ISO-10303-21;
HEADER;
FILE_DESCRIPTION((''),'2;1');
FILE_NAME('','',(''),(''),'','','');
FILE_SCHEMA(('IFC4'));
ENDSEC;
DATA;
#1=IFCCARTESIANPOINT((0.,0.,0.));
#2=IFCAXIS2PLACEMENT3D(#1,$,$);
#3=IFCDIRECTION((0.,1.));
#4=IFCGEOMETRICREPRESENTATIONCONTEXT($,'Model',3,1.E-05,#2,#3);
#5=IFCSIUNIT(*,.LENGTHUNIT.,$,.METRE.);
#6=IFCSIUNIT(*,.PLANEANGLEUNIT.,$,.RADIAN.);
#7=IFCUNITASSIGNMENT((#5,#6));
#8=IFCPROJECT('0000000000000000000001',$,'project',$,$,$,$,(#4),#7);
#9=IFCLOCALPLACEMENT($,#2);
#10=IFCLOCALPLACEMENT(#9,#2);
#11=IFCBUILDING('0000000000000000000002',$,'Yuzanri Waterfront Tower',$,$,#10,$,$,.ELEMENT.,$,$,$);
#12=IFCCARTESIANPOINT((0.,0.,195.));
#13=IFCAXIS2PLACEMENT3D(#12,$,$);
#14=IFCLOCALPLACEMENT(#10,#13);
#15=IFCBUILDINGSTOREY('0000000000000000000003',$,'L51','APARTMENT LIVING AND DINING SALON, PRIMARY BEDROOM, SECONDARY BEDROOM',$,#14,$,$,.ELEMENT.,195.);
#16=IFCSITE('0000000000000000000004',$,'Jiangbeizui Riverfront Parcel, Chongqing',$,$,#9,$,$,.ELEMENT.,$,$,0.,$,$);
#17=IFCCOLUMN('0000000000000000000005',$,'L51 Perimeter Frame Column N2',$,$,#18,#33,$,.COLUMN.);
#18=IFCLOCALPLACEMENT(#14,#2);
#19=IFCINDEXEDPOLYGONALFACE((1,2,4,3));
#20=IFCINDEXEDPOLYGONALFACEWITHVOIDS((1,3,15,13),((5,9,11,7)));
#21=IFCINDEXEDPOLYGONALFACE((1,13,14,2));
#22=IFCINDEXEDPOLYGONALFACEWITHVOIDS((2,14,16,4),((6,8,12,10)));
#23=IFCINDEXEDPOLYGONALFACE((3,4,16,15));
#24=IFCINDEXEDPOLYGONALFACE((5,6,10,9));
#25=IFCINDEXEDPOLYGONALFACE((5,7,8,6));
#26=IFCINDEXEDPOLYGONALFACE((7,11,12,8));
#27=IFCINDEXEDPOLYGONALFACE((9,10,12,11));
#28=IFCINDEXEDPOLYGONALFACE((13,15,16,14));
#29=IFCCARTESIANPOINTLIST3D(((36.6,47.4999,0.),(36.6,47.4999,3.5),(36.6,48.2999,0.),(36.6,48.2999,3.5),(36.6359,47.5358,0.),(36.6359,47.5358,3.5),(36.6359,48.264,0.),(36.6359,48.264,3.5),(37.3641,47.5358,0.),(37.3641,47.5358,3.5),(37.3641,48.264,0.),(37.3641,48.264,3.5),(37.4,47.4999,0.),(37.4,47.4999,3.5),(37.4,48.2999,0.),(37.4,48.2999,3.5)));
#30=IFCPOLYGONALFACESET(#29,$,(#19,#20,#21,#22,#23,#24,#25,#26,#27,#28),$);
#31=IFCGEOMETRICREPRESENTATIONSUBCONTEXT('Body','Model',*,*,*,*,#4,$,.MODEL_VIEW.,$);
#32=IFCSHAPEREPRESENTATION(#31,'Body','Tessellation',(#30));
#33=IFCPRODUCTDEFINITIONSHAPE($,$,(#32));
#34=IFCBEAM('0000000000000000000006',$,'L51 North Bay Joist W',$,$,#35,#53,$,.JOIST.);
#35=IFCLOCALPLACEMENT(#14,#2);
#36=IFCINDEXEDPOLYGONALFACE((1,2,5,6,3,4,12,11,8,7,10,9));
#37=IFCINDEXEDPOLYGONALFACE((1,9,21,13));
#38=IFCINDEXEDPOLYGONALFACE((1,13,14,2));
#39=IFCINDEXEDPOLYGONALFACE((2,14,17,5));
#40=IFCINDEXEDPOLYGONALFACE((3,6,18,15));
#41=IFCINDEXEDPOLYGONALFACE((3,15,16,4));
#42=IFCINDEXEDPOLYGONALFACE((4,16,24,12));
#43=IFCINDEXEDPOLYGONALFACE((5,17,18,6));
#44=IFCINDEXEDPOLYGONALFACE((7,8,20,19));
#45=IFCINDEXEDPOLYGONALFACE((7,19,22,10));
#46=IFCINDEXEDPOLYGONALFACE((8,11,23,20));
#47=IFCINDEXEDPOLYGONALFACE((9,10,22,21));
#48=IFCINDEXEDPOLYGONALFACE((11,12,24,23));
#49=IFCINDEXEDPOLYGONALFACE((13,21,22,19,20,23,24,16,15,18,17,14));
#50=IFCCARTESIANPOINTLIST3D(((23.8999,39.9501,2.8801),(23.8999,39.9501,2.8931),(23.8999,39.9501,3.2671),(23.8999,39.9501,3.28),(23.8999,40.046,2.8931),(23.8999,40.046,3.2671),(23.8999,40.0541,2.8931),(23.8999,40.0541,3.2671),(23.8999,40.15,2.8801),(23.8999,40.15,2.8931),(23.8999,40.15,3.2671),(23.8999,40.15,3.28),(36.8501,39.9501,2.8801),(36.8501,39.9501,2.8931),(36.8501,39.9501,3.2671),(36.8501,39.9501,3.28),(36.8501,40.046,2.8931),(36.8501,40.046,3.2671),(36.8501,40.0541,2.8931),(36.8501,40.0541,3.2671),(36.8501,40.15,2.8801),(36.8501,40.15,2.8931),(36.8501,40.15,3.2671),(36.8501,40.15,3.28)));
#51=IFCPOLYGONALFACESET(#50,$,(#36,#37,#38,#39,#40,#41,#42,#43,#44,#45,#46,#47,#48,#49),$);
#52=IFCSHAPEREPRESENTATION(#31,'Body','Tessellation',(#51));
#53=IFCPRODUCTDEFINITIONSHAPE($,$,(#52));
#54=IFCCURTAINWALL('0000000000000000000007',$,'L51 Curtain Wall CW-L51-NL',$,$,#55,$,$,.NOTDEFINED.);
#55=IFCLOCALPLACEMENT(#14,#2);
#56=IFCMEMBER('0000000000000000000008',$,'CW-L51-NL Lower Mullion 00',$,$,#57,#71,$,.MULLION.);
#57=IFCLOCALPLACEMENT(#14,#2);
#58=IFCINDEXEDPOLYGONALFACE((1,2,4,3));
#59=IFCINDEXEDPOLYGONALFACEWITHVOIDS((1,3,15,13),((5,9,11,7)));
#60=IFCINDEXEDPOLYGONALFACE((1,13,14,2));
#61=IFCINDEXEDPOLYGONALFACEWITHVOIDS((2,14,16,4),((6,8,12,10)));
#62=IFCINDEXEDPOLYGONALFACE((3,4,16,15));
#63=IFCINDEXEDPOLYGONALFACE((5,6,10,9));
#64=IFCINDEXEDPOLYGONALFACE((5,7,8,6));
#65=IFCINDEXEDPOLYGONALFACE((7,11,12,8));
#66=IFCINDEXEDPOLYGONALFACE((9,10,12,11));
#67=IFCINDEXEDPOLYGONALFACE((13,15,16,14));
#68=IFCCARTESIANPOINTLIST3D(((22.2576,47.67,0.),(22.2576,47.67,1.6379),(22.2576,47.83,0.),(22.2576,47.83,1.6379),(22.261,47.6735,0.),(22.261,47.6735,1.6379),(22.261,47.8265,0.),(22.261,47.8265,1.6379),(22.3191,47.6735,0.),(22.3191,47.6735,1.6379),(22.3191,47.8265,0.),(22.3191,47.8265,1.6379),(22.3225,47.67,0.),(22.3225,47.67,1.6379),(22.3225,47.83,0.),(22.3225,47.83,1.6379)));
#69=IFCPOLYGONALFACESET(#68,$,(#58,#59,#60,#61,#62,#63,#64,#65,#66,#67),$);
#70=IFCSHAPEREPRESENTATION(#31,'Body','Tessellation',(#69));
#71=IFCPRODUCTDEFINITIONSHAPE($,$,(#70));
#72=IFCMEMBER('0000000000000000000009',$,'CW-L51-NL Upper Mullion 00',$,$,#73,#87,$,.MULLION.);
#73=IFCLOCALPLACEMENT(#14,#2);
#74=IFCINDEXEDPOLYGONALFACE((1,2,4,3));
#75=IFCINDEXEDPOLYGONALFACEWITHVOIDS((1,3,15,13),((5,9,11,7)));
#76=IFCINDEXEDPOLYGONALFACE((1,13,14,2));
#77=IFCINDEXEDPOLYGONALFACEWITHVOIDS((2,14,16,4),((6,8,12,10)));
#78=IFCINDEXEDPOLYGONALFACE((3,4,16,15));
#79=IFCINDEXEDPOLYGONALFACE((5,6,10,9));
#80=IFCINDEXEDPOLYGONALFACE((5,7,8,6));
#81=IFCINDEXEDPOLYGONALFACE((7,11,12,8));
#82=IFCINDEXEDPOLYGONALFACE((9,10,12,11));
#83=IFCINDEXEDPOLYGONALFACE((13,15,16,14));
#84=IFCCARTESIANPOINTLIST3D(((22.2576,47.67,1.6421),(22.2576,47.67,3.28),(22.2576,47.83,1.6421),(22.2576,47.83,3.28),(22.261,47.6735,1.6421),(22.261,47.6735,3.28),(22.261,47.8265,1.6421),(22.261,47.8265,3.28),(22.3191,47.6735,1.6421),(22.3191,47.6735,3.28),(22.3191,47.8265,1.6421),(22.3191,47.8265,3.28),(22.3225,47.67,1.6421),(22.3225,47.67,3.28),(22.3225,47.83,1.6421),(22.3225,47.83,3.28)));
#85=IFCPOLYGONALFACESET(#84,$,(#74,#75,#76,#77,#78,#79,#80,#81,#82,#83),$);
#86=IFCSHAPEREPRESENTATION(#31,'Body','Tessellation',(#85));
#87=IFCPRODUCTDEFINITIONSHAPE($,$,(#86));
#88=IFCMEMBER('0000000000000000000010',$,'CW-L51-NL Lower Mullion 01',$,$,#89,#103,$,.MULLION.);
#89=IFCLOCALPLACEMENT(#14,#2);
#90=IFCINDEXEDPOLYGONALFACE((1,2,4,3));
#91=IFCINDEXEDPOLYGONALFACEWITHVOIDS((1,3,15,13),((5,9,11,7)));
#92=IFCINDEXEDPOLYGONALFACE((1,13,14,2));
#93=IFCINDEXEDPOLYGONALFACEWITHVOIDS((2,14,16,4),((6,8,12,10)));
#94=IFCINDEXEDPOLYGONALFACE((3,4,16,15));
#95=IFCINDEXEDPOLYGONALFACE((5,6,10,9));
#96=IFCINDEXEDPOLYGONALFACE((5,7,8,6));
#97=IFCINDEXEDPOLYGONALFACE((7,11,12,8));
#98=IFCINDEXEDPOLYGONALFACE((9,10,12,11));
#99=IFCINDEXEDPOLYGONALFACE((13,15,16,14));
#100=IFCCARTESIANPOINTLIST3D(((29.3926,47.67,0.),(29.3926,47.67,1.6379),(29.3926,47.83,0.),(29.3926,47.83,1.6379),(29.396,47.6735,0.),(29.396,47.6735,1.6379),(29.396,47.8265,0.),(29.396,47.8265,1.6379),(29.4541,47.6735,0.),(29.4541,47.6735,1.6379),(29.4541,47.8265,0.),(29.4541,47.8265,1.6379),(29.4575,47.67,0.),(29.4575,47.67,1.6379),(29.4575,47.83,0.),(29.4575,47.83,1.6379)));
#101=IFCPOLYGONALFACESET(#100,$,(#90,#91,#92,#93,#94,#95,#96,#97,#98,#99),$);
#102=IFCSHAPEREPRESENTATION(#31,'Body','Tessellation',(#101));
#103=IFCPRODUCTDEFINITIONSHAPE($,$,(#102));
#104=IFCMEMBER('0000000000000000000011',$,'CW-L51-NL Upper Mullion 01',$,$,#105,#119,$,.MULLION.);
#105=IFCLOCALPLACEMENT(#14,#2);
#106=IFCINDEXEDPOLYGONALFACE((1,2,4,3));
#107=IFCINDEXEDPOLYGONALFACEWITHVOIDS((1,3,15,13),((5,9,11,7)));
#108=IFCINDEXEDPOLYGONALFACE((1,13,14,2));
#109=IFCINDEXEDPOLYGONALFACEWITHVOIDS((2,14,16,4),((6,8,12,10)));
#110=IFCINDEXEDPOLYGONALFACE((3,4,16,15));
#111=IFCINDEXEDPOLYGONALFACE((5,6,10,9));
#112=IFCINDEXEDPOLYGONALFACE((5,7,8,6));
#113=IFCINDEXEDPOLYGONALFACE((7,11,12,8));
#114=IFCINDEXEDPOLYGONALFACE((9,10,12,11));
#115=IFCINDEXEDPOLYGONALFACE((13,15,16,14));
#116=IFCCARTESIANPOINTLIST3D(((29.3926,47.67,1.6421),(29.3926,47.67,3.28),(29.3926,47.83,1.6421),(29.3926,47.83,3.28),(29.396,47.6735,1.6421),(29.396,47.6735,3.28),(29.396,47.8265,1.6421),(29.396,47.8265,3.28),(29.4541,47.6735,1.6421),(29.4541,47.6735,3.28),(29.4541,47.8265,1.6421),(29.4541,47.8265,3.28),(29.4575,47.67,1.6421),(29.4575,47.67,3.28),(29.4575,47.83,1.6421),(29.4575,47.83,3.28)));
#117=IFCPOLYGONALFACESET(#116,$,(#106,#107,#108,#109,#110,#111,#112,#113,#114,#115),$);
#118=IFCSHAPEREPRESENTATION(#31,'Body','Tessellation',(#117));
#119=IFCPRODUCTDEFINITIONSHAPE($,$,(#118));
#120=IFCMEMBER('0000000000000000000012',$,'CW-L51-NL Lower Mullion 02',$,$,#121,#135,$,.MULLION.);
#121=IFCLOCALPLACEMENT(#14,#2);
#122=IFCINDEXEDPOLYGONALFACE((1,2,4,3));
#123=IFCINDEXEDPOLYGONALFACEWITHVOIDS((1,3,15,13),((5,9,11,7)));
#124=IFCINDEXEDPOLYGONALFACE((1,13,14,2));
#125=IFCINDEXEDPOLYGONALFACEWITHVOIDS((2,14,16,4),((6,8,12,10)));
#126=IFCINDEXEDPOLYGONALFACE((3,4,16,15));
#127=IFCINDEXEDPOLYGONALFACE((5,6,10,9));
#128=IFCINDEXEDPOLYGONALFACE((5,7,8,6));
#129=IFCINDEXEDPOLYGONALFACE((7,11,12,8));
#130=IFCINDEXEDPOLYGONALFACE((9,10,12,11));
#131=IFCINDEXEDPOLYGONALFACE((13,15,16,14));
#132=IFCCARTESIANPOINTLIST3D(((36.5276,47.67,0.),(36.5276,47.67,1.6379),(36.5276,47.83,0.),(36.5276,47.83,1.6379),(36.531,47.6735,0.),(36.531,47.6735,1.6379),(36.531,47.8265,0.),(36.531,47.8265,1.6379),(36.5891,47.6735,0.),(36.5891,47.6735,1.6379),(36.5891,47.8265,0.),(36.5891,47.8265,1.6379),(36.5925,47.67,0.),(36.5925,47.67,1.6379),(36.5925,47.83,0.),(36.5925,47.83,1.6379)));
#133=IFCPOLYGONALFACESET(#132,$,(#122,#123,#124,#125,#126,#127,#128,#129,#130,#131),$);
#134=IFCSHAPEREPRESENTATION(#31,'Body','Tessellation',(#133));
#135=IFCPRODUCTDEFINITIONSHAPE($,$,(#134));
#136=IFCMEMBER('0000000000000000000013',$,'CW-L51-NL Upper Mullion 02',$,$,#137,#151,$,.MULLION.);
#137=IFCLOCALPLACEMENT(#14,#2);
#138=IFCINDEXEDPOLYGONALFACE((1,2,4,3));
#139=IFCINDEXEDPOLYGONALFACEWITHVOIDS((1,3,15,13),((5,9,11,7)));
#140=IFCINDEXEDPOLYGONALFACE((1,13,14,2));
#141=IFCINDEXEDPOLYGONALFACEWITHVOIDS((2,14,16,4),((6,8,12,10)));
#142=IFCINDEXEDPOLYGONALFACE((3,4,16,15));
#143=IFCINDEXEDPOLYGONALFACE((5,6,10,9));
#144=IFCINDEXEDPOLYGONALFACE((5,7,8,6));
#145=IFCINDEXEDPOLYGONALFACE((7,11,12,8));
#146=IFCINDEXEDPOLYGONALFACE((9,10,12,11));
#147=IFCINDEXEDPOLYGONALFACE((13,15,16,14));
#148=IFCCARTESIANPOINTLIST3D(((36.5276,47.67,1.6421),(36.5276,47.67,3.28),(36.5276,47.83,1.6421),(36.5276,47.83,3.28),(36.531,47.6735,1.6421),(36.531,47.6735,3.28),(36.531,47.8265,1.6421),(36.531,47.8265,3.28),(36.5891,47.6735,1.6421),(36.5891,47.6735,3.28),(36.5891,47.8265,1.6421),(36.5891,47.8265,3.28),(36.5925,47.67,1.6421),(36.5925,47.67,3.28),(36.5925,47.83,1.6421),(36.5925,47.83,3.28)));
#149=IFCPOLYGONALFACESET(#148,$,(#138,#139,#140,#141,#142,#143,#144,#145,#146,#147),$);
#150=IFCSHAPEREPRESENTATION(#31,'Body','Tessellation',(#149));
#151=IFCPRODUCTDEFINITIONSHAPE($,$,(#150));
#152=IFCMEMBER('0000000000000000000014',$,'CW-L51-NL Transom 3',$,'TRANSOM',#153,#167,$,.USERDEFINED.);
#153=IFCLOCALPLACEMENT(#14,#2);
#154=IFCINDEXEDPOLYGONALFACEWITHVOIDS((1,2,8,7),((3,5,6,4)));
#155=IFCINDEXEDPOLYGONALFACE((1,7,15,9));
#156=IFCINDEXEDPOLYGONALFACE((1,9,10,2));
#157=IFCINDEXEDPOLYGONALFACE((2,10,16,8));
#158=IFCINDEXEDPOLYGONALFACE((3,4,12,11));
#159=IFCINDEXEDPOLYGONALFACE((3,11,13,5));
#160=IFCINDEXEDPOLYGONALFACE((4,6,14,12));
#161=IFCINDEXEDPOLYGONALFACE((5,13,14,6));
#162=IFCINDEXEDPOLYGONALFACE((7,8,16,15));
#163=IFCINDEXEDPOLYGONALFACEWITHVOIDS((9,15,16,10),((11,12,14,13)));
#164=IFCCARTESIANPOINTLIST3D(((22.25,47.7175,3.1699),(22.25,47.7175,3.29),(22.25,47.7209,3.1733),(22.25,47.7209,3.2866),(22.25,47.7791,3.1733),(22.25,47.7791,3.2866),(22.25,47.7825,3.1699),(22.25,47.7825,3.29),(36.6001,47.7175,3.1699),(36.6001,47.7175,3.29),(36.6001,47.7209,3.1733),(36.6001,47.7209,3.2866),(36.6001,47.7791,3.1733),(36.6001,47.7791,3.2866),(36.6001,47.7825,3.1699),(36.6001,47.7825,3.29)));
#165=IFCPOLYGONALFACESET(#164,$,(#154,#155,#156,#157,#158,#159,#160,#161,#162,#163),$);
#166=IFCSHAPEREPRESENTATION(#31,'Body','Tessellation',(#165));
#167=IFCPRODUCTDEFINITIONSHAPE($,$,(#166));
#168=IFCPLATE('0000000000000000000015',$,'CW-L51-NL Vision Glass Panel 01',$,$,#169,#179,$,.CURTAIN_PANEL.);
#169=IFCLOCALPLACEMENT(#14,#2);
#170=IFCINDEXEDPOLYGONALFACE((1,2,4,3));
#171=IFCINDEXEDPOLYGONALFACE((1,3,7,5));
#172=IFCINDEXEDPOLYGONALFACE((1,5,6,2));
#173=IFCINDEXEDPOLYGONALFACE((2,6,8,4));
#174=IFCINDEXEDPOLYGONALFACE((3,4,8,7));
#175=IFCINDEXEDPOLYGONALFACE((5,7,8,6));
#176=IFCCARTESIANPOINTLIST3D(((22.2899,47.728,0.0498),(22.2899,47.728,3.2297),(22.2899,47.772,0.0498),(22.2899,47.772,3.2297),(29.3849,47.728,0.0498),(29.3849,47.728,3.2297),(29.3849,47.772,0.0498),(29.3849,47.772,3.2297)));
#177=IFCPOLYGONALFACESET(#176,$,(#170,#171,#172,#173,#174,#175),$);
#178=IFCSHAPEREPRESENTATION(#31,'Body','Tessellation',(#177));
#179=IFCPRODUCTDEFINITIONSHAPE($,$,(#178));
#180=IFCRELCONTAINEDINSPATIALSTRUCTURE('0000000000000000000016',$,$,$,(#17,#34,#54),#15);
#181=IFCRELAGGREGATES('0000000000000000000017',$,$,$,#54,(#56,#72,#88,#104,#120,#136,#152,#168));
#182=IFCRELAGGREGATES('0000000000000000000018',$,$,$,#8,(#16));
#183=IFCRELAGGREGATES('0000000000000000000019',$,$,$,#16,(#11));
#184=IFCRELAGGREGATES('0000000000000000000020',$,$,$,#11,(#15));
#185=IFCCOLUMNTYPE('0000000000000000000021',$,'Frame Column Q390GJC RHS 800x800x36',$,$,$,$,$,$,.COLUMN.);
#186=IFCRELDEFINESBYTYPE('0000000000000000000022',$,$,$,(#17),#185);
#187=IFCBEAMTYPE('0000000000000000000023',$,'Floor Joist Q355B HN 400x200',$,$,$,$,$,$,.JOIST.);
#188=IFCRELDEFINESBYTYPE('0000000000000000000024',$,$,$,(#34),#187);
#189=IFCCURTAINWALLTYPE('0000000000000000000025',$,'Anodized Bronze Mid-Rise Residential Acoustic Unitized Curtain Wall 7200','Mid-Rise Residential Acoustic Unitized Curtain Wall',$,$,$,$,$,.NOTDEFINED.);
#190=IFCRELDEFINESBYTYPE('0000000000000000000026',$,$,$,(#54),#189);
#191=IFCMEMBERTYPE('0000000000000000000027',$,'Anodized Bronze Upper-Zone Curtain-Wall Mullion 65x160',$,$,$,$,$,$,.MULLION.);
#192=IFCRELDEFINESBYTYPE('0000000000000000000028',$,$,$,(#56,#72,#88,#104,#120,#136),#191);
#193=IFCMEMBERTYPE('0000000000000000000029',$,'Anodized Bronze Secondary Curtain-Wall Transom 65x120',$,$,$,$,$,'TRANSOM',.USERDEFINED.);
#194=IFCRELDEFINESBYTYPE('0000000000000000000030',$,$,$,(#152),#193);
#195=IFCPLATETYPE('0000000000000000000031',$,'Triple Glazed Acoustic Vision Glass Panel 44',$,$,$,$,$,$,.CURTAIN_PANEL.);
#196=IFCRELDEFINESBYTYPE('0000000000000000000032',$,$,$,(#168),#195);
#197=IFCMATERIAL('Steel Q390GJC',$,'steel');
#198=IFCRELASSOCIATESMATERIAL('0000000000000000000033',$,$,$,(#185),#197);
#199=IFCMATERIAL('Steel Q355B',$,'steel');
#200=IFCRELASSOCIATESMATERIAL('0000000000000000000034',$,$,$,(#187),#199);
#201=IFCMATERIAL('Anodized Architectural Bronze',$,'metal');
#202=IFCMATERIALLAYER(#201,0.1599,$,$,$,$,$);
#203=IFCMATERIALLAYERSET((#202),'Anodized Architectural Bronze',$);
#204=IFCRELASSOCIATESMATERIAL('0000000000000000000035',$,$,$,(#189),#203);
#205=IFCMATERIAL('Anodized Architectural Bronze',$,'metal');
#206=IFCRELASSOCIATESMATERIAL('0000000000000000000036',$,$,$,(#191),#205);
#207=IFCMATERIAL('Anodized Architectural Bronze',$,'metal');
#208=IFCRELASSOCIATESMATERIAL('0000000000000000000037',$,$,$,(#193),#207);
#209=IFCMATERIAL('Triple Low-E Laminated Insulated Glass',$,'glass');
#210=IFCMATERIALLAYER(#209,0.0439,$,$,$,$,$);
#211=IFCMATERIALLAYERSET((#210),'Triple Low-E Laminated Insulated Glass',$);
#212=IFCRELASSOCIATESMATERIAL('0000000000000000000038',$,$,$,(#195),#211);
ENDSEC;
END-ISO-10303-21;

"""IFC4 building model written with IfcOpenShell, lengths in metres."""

from ifc_helpers import new_model, si_unit, direction, frame, origin, origin_2d, place, context, subcontext, project, spatial, rectangle, hollow_rectangle, i_section, extrude, source, transform, mapped, material, layer, layer_set, material_profile, profile_set, type_object, element, aggregate, save


model = new_model("IFC4")

# Units and contexts
model_context = context("Model", 3, precision=1e-05, world=origin(), true_north=direction((0.0, 1.0)))
body_context = subcontext(model_context, "Body", "Model", "MODEL_VIEW")
ifc_project = project(units=[si_unit("LENGTHUNIT", "METRE"), si_unit("PLANEANGLEUNIT", "RADIAN")], contexts=[model_context])

# Site, building, storey
site_placement = place(None, origin())
site = spatial("IfcSite", under=ifc_project, at=site_placement, Name="Jiangbeizui Riverfront Parcel, Chongqing", CompositionType="ELEMENT", RefElevation=0.0)
building_placement = place(site_placement, origin())
building = spatial("IfcBuilding", under=site, at=building_placement, Name="Yuzanri Waterfront Tower", CompositionType="ELEMENT")
storey_placement = place(building_placement, frame((0.0, 0.0, 195.0)))
storey = spatial("IfcBuildingStorey", under=building, at=storey_placement, Name="L51", Description="APARTMENT LIVING AND DINING SALON, PRIMARY BEDROOM, SECONDARY BEDROOM", CompositionType="ELEMENT", Elevation=195.0)

# Column
ifc_material_1 = material(Name="Steel Q390GJC", Category="steel")
ifc_material_profile_1 = material_profile(ifc_material_1, hollow_rectangle(XDim=0.8, YDim=0.8, WallThickness=0.0359, at=origin_2d()), Name="RHS 800x800x36")
ifc_profile_set_1 = profile_set([ifc_material_profile_1], Name="Steel Q390GJC")
column_type = type_object("IfcColumnType", Name="Frame Column Q390GJC RHS 800x800x36", PredefinedType="COLUMN", material=ifc_profile_set_1)
shared_shape_1 = source(origin(), body_context, "Body", "SweptSolid", [
    extrude(hollow_rectangle(XDim=0.8, YDim=0.8, WallThickness=0.0359, at=origin_2d()), origin(), (0.0, 0.0, 1.0), 3.5),
])
column_placement = place(storey_placement, frame((37.0, 47.8999, 0.0), z_axis=(0.0, 0.0, 1.0), x_axis=(1.0, 0.0, 0.0)))
element("IfcColumn", 1, at=column_placement, inside=storey, type_object=column_type, Name="L51 Perimeter Frame Column N2", PredefinedType="COLUMN", context=body_context, shape_type="MappedRepresentation", body=[
    mapped(shared_shape_1, transform((0.0, 0.0, 0.0), scale=1.0)),
])

# Beam
ifc_material_2 = material(Name="Steel Q355B", Category="steel")
ifc_material_profile_2 = material_profile(ifc_material_2, i_section(OverallWidth=0.2, OverallDepth=0.3999, WebThickness=0.0081, FlangeThickness=0.0129, at=origin_2d()), Name="HN 400x200x8x13")
ifc_profile_set_2 = profile_set([ifc_material_profile_2], Name="Steel Q355B")
beam_type = type_object("IfcBeamType", Name="Floor Joist Q355B HN 400x200", PredefinedType="JOIST", material=ifc_profile_set_2)
shared_shape_2 = source(origin(), body_context, "Body", "SweptSolid", [
    extrude(i_section(OverallWidth=0.2, OverallDepth=0.3999, WebThickness=0.0081, FlangeThickness=0.0129, at=origin_2d()), origin(), (0.0, 0.0, 1.0), 12.9502),
])
beam_placement = place(storey_placement, frame((23.8999, 40.05, 3.0801), z_axis=(1.0, 0.0, 0.0), x_axis=(0.0, 1.0, 0.0)))
element("IfcBeam", 2, at=beam_placement, inside=storey, type_object=beam_type, Name="L51 North Bay Joist W", PredefinedType="JOIST", context=body_context, shape_type="MappedRepresentation", body=[
    mapped(shared_shape_2, transform((0.0, 0.0, 0.0), scale=1.0)),
])

# Curtain wall, members, plate
ifc_material_3 = material(Name="Anodized Architectural Bronze", Category="metal")
ifc_layer_1 = layer(ifc_material_3, 0.1599)
ifc_layer_set_1 = layer_set([ifc_layer_1], Name="Anodized Architectural Bronze")
curtain_wall_type = type_object("IfcCurtainWallType", Name="Anodized Bronze Mid-Rise Residential Acoustic Unitized Curtain Wall 7200", Description="Mid-Rise Residential Acoustic Unitized Curtain Wall", PredefinedType="NOTDEFINED", material=ifc_layer_set_1)
curtain_wall_placement = place(storey_placement, origin())
curtain_wall = element("IfcCurtainWall", 3, at=curtain_wall_placement, inside=storey, type_object=curtain_wall_type, Name="L51 Curtain Wall CW-L51-NL", PredefinedType="NOTDEFINED")
ifc_material_4 = material(Name="Anodized Architectural Bronze", Category="metal")
ifc_material_profile_3 = material_profile(ifc_material_4, hollow_rectangle(XDim=0.0649, YDim=0.1599, WallThickness=0.0034, at=origin_2d()), Name="CWM 65x160")
ifc_profile_set_3 = profile_set([ifc_material_profile_3], Name="Anodized Architectural Bronze")
member_type_1 = type_object("IfcMemberType", Name="Anodized Bronze Upper-Zone Curtain-Wall Mullion 65x160", PredefinedType="MULLION", material=ifc_profile_set_3)
shared_shape_3 = source(origin(), body_context, "Body", "SweptSolid", [
    extrude(hollow_rectangle(XDim=0.0649, YDim=0.1599, WallThickness=0.0034, at=origin_2d()), origin(), (0.0, 0.0, 1.0), 1.6379),
])
member_1_placement = place(storey_placement, frame((22.29, 47.75, 0.0), z_axis=(0.0, 0.0, 1.0), x_axis=(1.0, 0.0, 0.0)))
member_1 = element("IfcMember", 4, at=member_1_placement, type_object=member_type_1, Name="CW-L51-NL Lower Mullion 00", PredefinedType="MULLION", context=body_context, shape_type="MappedRepresentation", body=[
    mapped(shared_shape_3, transform((0.0, 0.0, 0.0), scale=1.0)),
])
member_2_placement = place(storey_placement, frame((22.29, 47.75, 1.6421), z_axis=(0.0, 0.0, 1.0), x_axis=(1.0, 0.0, 0.0)))
member_2 = element("IfcMember", 5, at=member_2_placement, type_object=member_type_1, Name="CW-L51-NL Upper Mullion 00", PredefinedType="MULLION", context=body_context, shape_type="MappedRepresentation", body=[
    mapped(shared_shape_3, transform((0.0, 0.0, 0.0), scale=1.0)),
])
member_3_placement = place(storey_placement, frame((29.425, 47.75, 0.0), z_axis=(0.0, 0.0, 1.0), x_axis=(1.0, 0.0, 0.0)))
member_3 = element("IfcMember", 6, at=member_3_placement, type_object=member_type_1, Name="CW-L51-NL Lower Mullion 01", PredefinedType="MULLION", context=body_context, shape_type="MappedRepresentation", body=[
    mapped(shared_shape_3, transform((0.0, 0.0, 0.0), scale=1.0)),
])
member_4_placement = place(storey_placement, frame((29.425, 47.75, 1.6421), z_axis=(0.0, 0.0, 1.0), x_axis=(1.0, 0.0, 0.0)))
member_4 = element("IfcMember", 7, at=member_4_placement, type_object=member_type_1, Name="CW-L51-NL Upper Mullion 01", PredefinedType="MULLION", context=body_context, shape_type="MappedRepresentation", body=[
    mapped(shared_shape_3, transform((0.0, 0.0, 0.0), scale=1.0)),
])
member_5_placement = place(storey_placement, frame((36.5601, 47.75, 0.0), z_axis=(0.0, 0.0, 1.0), x_axis=(1.0, 0.0, 0.0)))
member_5 = element("IfcMember", 8, at=member_5_placement, type_object=member_type_1, Name="CW-L51-NL Lower Mullion 02", PredefinedType="MULLION", context=body_context, shape_type="MappedRepresentation", body=[
    mapped(shared_shape_3, transform((0.0, 0.0, 0.0), scale=1.0)),
])
member_6_placement = place(storey_placement, frame((36.5601, 47.75, 1.6421), z_axis=(0.0, 0.0, 1.0), x_axis=(1.0, 0.0, 0.0)))
member_6 = element("IfcMember", 9, at=member_6_placement, type_object=member_type_1, Name="CW-L51-NL Upper Mullion 02", PredefinedType="MULLION", context=body_context, shape_type="MappedRepresentation", body=[
    mapped(shared_shape_3, transform((0.0, 0.0, 0.0), scale=1.0)),
])
ifc_material_5 = material(Name="Anodized Architectural Bronze", Category="metal")
ifc_material_profile_4 = material_profile(ifc_material_5, hollow_rectangle(XDim=0.0649, YDim=0.1201, WallThickness=0.0034, at=origin_2d()), Name="CWT 65x120")
ifc_profile_set_4 = profile_set([ifc_material_profile_4], Name="Anodized Architectural Bronze")
member_type_2 = type_object("IfcMemberType", Name="Anodized Bronze Secondary Curtain-Wall Transom 65x120", ElementType="TRANSOM", PredefinedType="USERDEFINED", material=ifc_profile_set_4)
shared_shape_4 = source(origin(), body_context, "Body", "SweptSolid", [
    extrude(hollow_rectangle(XDim=0.0649, YDim=0.1201, WallThickness=0.0034, at=origin_2d()), origin(), (0.0, 0.0, 1.0), 14.3501),
])
member_7_placement = place(storey_placement, frame((22.25, 47.75, 3.23), z_axis=(1.0, 0.0, 0.0), x_axis=(0.0, 1.0, 0.0)))
member_7 = element("IfcMember", 10, at=member_7_placement, type_object=member_type_2, Name="CW-L51-NL Transom 3", ObjectType="TRANSOM", PredefinedType="USERDEFINED", context=body_context, shape_type="MappedRepresentation", body=[
    mapped(shared_shape_4, transform((0.0, 0.0, 0.0), scale=1.0)),
])
ifc_material_6 = material(Name="Triple Low-E Laminated Insulated Glass", Category="glass")
ifc_layer_2 = layer(ifc_material_6, 0.0439)
ifc_layer_set_2 = layer_set([ifc_layer_2], Name="Triple Low-E Laminated Insulated Glass")
plate_type = type_object("IfcPlateType", Name="Triple Glazed Acoustic Vision Glass Panel 44", PredefinedType="CURTAIN_PANEL", material=ifc_layer_set_2)
shared_shape_5 = source(origin(), body_context, "Body", "SweptSolid", [
    extrude(rectangle(XDim=7.095, YDim=0.0439, at=origin_2d()), origin(), (0.0, 0.0, 1.0), 3.1799),
])
plate_1_placement = place(storey_placement, frame((25.8374, 47.75, 0.0498), z_axis=(0.0, 0.0, 1.0), x_axis=(1.0, 0.0, 0.0)))
plate_1 = element("IfcPlate", 11, at=plate_1_placement, type_object=plate_type, Name="CW-L51-NL Vision Glass Panel 01", PredefinedType="CURTAIN_PANEL", context=body_context, shape_type="MappedRepresentation", body=[
    mapped(shared_shape_5, transform((0.0, 0.0, 0.0), scale=1.0)),
])
aggregate(curtain_wall, [member_1, member_2, member_3, member_4, member_5, member_6, member_7, plate_1])

save(model, "model.ifc")
